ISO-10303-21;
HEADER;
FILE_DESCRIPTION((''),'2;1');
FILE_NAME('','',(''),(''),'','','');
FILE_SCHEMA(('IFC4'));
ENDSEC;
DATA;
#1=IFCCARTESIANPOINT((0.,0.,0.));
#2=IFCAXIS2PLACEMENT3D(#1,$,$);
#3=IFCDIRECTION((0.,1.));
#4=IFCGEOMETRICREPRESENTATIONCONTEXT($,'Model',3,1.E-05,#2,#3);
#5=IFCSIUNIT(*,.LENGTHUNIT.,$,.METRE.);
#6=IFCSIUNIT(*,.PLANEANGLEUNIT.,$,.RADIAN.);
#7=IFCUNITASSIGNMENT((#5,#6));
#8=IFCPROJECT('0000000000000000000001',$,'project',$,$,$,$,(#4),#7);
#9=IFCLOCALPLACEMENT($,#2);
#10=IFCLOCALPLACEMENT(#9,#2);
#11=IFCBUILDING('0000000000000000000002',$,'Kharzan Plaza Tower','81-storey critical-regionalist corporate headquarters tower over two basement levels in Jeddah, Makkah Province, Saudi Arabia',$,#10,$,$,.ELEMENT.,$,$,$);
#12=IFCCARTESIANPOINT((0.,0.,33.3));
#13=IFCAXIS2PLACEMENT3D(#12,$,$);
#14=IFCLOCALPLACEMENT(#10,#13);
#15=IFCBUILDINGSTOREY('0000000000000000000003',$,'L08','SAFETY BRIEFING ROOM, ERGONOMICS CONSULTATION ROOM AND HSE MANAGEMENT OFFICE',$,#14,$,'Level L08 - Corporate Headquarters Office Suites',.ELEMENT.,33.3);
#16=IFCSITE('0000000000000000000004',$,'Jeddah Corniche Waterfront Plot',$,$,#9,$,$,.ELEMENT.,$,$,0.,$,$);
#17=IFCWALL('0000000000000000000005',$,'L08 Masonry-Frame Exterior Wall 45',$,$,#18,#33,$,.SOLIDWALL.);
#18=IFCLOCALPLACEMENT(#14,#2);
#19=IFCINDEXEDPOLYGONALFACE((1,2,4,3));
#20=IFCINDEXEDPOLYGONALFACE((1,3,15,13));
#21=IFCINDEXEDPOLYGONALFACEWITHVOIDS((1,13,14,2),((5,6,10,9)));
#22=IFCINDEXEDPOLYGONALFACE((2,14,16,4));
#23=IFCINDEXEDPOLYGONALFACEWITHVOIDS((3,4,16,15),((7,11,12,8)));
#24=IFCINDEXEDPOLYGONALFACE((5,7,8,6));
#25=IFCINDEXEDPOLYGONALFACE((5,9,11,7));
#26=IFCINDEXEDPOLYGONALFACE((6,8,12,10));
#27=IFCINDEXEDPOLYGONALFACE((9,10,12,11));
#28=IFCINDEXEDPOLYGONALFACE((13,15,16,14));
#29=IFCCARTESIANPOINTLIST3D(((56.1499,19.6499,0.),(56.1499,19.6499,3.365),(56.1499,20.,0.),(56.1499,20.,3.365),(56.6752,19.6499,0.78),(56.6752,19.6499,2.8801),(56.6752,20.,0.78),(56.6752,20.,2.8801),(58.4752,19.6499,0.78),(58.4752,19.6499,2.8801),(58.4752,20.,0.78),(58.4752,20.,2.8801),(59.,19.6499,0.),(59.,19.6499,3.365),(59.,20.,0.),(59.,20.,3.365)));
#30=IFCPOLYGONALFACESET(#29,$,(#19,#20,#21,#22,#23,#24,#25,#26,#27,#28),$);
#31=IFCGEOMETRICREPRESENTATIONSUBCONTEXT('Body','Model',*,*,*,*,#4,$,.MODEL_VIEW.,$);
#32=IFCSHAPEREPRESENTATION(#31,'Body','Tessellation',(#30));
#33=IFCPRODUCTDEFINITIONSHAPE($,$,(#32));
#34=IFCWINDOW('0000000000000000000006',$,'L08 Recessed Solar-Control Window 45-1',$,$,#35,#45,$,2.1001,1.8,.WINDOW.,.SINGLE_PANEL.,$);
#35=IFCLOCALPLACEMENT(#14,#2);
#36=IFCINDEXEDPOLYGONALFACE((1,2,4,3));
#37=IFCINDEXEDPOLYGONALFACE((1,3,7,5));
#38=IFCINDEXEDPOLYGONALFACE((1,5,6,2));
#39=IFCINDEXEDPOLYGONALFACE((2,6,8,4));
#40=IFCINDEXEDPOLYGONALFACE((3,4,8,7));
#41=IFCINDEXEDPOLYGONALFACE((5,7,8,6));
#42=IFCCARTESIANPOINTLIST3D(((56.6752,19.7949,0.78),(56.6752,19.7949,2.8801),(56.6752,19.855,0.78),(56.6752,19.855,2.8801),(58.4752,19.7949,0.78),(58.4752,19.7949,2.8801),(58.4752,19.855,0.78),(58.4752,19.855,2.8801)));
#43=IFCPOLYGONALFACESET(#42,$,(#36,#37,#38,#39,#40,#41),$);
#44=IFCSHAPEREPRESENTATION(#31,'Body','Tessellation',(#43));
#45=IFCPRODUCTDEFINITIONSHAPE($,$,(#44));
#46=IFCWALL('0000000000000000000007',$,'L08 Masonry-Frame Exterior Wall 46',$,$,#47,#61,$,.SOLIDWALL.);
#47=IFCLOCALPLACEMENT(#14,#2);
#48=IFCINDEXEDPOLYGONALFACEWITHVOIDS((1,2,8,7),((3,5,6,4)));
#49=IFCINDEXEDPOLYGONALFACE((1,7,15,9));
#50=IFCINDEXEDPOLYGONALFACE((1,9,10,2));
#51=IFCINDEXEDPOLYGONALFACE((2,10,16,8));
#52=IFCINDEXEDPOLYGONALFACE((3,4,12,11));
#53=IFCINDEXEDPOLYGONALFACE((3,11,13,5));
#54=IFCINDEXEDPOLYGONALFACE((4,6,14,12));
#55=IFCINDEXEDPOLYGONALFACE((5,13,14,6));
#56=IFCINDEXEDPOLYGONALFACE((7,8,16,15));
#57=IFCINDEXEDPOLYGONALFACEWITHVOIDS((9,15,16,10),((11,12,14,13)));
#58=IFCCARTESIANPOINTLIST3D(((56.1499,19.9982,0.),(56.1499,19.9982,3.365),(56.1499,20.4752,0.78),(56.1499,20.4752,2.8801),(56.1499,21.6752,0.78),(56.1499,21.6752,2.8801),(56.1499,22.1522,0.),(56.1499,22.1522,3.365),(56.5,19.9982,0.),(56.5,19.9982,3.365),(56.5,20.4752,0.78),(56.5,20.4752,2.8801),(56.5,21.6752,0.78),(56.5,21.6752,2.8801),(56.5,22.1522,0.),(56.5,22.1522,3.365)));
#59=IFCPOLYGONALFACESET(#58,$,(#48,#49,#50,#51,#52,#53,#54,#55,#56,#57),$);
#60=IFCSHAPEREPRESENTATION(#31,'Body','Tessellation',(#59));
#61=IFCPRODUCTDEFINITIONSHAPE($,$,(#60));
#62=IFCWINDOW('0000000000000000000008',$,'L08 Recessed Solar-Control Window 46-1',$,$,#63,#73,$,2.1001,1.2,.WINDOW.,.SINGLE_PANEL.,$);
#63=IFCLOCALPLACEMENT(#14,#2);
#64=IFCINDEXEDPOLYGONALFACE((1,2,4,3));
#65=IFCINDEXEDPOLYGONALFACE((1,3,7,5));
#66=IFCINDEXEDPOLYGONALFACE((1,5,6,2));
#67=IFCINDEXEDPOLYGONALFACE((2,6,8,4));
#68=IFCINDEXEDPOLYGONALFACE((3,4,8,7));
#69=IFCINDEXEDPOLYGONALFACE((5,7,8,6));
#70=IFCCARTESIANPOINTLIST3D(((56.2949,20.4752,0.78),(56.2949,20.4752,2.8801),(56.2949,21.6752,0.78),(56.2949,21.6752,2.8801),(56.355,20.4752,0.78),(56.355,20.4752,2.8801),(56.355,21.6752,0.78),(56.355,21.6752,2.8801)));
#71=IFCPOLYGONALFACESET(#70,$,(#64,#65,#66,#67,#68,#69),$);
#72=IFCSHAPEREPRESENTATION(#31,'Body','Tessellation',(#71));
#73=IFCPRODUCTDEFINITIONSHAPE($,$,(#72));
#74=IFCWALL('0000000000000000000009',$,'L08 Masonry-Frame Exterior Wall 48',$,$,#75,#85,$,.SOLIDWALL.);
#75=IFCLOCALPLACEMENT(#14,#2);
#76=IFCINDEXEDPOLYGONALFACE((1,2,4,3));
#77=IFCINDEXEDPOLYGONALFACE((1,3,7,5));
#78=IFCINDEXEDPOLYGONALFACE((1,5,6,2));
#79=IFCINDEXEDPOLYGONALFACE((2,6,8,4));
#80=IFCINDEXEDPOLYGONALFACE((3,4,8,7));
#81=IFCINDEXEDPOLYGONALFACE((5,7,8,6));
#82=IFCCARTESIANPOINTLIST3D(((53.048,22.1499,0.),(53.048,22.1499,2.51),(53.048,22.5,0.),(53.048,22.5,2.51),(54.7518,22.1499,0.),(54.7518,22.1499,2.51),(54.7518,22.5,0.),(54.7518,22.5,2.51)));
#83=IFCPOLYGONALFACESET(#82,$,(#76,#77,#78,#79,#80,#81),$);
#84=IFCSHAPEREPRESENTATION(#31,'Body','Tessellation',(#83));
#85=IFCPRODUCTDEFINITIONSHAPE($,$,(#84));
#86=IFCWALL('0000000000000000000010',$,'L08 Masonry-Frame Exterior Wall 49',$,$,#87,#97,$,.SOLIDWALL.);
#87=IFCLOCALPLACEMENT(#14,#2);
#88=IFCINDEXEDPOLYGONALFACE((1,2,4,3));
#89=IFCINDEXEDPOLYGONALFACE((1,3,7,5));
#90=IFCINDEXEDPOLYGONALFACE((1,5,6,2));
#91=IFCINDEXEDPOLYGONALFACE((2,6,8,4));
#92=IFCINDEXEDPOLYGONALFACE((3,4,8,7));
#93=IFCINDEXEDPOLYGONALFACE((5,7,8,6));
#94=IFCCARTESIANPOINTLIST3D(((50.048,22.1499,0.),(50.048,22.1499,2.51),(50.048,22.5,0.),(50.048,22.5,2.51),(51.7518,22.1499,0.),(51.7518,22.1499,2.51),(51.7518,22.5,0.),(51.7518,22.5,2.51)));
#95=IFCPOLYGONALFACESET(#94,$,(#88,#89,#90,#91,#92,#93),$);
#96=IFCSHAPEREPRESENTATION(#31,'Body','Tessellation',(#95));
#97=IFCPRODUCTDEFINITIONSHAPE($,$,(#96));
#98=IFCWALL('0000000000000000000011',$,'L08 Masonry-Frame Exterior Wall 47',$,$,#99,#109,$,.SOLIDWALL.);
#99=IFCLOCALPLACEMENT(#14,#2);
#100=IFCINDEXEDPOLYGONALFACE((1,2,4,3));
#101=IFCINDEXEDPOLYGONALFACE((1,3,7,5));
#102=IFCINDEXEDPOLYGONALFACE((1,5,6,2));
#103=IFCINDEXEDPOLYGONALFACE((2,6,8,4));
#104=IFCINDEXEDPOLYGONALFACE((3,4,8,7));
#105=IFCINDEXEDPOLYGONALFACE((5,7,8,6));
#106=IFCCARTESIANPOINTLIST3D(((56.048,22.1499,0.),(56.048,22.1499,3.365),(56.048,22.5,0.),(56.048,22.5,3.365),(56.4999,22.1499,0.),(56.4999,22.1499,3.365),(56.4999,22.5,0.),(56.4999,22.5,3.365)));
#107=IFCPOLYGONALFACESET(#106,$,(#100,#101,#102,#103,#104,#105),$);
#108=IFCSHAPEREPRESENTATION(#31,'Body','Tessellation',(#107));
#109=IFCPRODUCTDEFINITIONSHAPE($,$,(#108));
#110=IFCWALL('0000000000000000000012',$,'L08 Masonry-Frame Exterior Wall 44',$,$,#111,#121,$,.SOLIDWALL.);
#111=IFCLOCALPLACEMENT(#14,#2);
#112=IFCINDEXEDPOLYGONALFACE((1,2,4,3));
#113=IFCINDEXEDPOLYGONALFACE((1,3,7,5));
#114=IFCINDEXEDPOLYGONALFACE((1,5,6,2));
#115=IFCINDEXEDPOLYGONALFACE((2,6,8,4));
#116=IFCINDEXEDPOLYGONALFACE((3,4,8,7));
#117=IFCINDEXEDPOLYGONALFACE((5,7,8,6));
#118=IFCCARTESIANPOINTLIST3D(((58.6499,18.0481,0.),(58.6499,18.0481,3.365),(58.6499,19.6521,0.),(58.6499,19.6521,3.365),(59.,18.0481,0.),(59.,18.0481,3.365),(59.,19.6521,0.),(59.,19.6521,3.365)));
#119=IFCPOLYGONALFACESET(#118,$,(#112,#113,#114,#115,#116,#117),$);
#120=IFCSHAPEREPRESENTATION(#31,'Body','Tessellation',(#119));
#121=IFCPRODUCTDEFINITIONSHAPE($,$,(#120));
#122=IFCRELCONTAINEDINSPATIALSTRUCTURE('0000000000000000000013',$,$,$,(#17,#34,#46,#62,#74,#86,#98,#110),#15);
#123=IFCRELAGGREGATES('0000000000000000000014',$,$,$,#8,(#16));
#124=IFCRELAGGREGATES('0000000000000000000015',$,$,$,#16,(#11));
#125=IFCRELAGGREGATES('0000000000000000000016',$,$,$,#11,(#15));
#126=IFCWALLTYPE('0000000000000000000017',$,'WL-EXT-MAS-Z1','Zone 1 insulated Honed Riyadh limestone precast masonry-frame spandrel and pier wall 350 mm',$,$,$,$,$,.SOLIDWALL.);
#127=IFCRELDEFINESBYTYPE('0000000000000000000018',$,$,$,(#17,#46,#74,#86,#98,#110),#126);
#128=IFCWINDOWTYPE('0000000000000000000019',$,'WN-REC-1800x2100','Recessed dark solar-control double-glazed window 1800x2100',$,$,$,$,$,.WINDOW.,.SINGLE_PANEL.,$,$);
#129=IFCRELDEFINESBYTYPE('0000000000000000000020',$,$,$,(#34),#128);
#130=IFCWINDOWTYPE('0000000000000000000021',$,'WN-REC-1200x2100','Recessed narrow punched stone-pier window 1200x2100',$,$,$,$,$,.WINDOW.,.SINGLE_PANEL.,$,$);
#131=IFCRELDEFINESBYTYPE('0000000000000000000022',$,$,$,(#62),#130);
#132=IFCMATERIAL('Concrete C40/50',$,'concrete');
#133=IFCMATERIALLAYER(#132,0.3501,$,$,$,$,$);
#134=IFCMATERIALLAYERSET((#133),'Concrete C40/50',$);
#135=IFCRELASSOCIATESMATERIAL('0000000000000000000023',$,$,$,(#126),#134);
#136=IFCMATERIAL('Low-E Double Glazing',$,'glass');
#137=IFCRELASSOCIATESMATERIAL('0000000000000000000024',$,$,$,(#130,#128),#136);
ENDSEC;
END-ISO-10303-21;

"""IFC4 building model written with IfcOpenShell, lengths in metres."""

from ifc_helpers import new_model, si_unit, direction, frame, frame_2d, origin, place, context, subcontext, project, spatial, rectangle, extrude, source, transform, mapped, material, layer, layer_set, type_object, element, fill, save


model = new_model("IFC4")

# Units and contexts
model_context = context("Model", 3, precision=1e-05, world=origin(), true_north=direction((0.0, 1.0)))
body_context = subcontext(model_context, "Body", "Model", "MODEL_VIEW")
ifc_project = project(units=[si_unit("LENGTHUNIT", "METRE"), si_unit("PLANEANGLEUNIT", "RADIAN")], contexts=[model_context])

# Site, building, storey
site_placement = place(None, origin())
site = spatial("IfcSite", under=ifc_project, at=site_placement, Name="Jeddah Corniche Waterfront Plot", CompositionType="ELEMENT", RefElevation=0.0)
building_placement = place(site_placement, origin())
building = spatial("IfcBuilding", under=site, at=building_placement, Name="Kharzan Plaza Tower", Description="81-storey critical-regionalist corporate headquarters tower over two basement levels in Jeddah, Makkah Province, Saudi Arabia", CompositionType="ELEMENT")
storey_placement = place(building_placement, frame((0.0, 0.0, 33.3)))
storey = spatial("IfcBuildingStorey", under=building, at=storey_placement, Name="L08", Description="SAFETY BRIEFING ROOM, ERGONOMICS CONSULTATION ROOM AND HSE MANAGEMENT OFFICE", LongName="Level L08 - Corporate Headquarters Office Suites", CompositionType="ELEMENT", Elevation=33.3)

# Walls, openings, windows
ifc_material_1 = material(Name="Concrete C40/50", Category="concrete")
ifc_layer = layer(ifc_material_1, 0.3501)
ifc_layer_set = layer_set([ifc_layer], Name="Concrete C40/50")
wall_type = type_object("IfcWallType", Name="WL-EXT-MAS-Z1", Description="Zone 1 insulated Honed Riyadh limestone precast masonry-frame spandrel and pier wall 350 mm", PredefinedType="SOLIDWALL", material=ifc_layer_set)
ifc_material_2 = material(Name="Low-E Double Glazing", Category="glass")
window_type_1 = type_object("IfcWindowType", Name="WN-REC-1200x2100", Description="Recessed narrow punched stone-pier window 1200x2100", PartitioningType="SINGLE_PANEL", PredefinedType="WINDOW", material=ifc_material_2)
wall_1_placement = place(storey_placement, frame((59.0, 19.825, 0.0), z_axis=(0.0, 0.0, 1.0), x_axis=(-1.0, 0.0, 0.0)))
wall_1 = element("IfcWall", 1, at=wall_1_placement, inside=storey, type_object=wall_type, Name="L08 Masonry-Frame Exterior Wall 45", PredefinedType="SOLIDWALL", context=body_context, shape_type="SweptSolid", body=[
    extrude(rectangle(XDim=2.8501, YDim=0.3501, at=frame_2d((1.425, 0.0))), origin(), (0.0, 0.0, 1.0), 3.365),
])
opening_1_placement = place(wall_1_placement, frame((0.5249, 0.0, 0.78)))
opening_1 = element("IfcOpeningElement", 2, at=opening_1_placement, cuts=wall_1, PredefinedType="OPENING", context=body_context, shape_type="SweptSolid", body=[
    extrude(rectangle(XDim=1.8, YDim=2.1001, at=frame_2d((0.8999, 1.05))), frame((0.0, 0.1851, 0.0), z_axis=(0.0, -1.0, 0.0), x_axis=(1.0, 0.0, 0.0)), (0.0, 0.0, 1.0), 0.3701),
])
window_type_2 = type_object("IfcWindowType", Name="WN-REC-1800x2100", Description="Recessed dark solar-control double-glazed window 1800x2100", PartitioningType="SINGLE_PANEL", PredefinedType="WINDOW", material=ifc_material_2)
shared_shape_1 = source(origin(), body_context, "Body", "SweptSolid", [
    extrude(rectangle(XDim=1.8, YDim=2.1001, at=frame_2d((0.8999, 1.05))), frame((0.0, 0.03, 0.0), z_axis=(0.0, -1.0, 0.0), x_axis=(1.0, 0.0, 0.0)), (0.0, 0.0, 1.0), 0.0601),
])
window_1_placement = place(opening_1_placement, origin())
window_1 = element("IfcWindow", 3, at=window_1_placement, inside=storey, type_object=window_type_2, Name="L08 Recessed Solar-Control Window 45-1", OverallHeight=2.1001, OverallWidth=1.8, PartitioningType="SINGLE_PANEL", PredefinedType="WINDOW", context=body_context, shape_type="MappedRepresentation", body=[
    mapped(shared_shape_1, transform((0.0, 0.0, 0.0), x_axis=(1.0, 0.0, 0.0), y_axis=(0.0, 1.0, 0.0), z_axis=(0.0, 0.0, 1.0))),
])
fill(opening_1, window_1)
wall_2_placement = place(storey_placement, frame((56.325, 19.998, 0.0), z_axis=(0.0, 0.0, 1.0), x_axis=(0.0, 1.0, 0.0)))
wall_2 = element("IfcWall", 4, at=wall_2_placement, inside=storey, type_object=wall_type, Name="L08 Masonry-Frame Exterior Wall 46", PredefinedType="SOLIDWALL", context=body_context, shape_type="SweptSolid", body=[
    extrude(rectangle(XDim=2.1541, YDim=0.3501, at=frame_2d((1.0771, 0.0))), origin(), (0.0, 0.0, 1.0), 3.365),
])
opening_2_placement = place(wall_2_placement, frame((0.4771, 0.0, 0.78)))
opening_2 = element("IfcOpeningElement", 5, at=opening_2_placement, cuts=wall_2, PredefinedType="OPENING", context=body_context, shape_type="SweptSolid", body=[
    extrude(rectangle(XDim=1.2, YDim=2.1001, at=frame_2d((0.6001, 1.05))), frame((0.0, 0.1851, 0.0), z_axis=(0.0, -1.0, 0.0), x_axis=(1.0, 0.0, 0.0)), (0.0, 0.0, 1.0), 0.3701),
])
shared_shape_2 = source(origin(), body_context, "Body", "SweptSolid", [
    extrude(rectangle(XDim=1.2, YDim=2.1001, at=frame_2d((0.6001, 1.05))), frame((0.0, 0.03, 0.0), z_axis=(0.0, -1.0, 0.0), x_axis=(1.0, 0.0, 0.0)), (0.0, 0.0, 1.0), 0.0601),
])
window_2_placement = place(opening_2_placement, origin())
window_2 = element("IfcWindow", 6, at=window_2_placement, inside=storey, type_object=window_type_1, Name="L08 Recessed Solar-Control Window 46-1", OverallHeight=2.1001, OverallWidth=1.2, PartitioningType="SINGLE_PANEL", PredefinedType="WINDOW", context=body_context, shape_type="MappedRepresentation", body=[
    mapped(shared_shape_2, transform((0.0, 0.0, 0.0), x_axis=(1.0, 0.0, 0.0), y_axis=(0.0, 1.0, 0.0), z_axis=(0.0, 0.0, 1.0))),
])
fill(opening_2, window_2)

# Walls
shared_shape_3 = source(origin(), body_context, "Body", "SweptSolid", [
    extrude(rectangle(XDim=1.7039, YDim=0.3501, at=frame_2d((0.8521, 0.0))), origin(), (0.0, 0.0, 1.0), 2.51),
])
for number, where, z_axis, x_axis, name in (
    (7, (54.752, 22.325, 0.0), (0.0, 0.0, 1.0), (-1.0, 0.0, 0.0), "L08 Masonry-Frame Exterior Wall 48"),
    (8, (51.752, 22.325, 0.0), (0.0, 0.0, 1.0), (-1.0, 0.0, 0.0), "L08 Masonry-Frame Exterior Wall 49"),
):
    element("IfcWall", number, at=place(storey_placement, frame(where, z_axis=z_axis, x_axis=x_axis)), inside=storey, type_object=wall_type, Name=name, PredefinedType="SOLIDWALL", context=body_context, shape_type="MappedRepresentation", body=[
        mapped(shared_shape_3, transform((0.0, 0.0, 0.0), x_axis=(1.0, 0.0, 0.0), y_axis=(0.0, 1.0, 0.0), z_axis=(0.0, 0.0, 1.0))),
    ])
shared_shape_4 = source(origin(), body_context, "Body", "SweptSolid", [
    extrude(rectangle(XDim=0.4519, YDim=0.3501, at=frame_2d((0.2261, 0.0))), origin(), (0.0, 0.0, 1.0), 3.365),
])
wall_3_placement = place(storey_placement, frame((56.5, 22.325, 0.0), z_axis=(0.0, 0.0, 1.0), x_axis=(-1.0, 0.0, 0.0)))
element("IfcWall", 9, at=wall_3_placement, inside=storey, type_object=wall_type, Name="L08 Masonry-Frame Exterior Wall 47", PredefinedType="SOLIDWALL", context=body_context, shape_type="MappedRepresentation", body=[
    mapped(shared_shape_4, transform((0.0, 0.0, 0.0), x_axis=(1.0, 0.0, 0.0), y_axis=(0.0, 1.0, 0.0), z_axis=(0.0, 0.0, 1.0))),
])
shared_shape_5 = source(origin(), body_context, "Body", "SweptSolid", [
    extrude(rectangle(XDim=1.604, YDim=0.3501, at=frame_2d((0.802, 0.0))), origin(), (0.0, 0.0, 1.0), 3.365),
])
wall_4_placement = place(storey_placement, frame((58.825, 18.0481, 0.0), z_axis=(0.0, 0.0, 1.0), x_axis=(0.0, 1.0, 0.0)))
element("IfcWall", 10, at=wall_4_placement, inside=storey, type_object=wall_type, Name="L08 Masonry-Frame Exterior Wall 44", PredefinedType="SOLIDWALL", context=body_context, shape_type="MappedRepresentation", body=[
    mapped(shared_shape_5, transform((0.0, 0.0, 0.0), x_axis=(1.0, 0.0, 0.0), y_axis=(0.0, 1.0, 0.0), z_axis=(0.0, 0.0, 1.0))),
])

save(model, "model.ifc")
